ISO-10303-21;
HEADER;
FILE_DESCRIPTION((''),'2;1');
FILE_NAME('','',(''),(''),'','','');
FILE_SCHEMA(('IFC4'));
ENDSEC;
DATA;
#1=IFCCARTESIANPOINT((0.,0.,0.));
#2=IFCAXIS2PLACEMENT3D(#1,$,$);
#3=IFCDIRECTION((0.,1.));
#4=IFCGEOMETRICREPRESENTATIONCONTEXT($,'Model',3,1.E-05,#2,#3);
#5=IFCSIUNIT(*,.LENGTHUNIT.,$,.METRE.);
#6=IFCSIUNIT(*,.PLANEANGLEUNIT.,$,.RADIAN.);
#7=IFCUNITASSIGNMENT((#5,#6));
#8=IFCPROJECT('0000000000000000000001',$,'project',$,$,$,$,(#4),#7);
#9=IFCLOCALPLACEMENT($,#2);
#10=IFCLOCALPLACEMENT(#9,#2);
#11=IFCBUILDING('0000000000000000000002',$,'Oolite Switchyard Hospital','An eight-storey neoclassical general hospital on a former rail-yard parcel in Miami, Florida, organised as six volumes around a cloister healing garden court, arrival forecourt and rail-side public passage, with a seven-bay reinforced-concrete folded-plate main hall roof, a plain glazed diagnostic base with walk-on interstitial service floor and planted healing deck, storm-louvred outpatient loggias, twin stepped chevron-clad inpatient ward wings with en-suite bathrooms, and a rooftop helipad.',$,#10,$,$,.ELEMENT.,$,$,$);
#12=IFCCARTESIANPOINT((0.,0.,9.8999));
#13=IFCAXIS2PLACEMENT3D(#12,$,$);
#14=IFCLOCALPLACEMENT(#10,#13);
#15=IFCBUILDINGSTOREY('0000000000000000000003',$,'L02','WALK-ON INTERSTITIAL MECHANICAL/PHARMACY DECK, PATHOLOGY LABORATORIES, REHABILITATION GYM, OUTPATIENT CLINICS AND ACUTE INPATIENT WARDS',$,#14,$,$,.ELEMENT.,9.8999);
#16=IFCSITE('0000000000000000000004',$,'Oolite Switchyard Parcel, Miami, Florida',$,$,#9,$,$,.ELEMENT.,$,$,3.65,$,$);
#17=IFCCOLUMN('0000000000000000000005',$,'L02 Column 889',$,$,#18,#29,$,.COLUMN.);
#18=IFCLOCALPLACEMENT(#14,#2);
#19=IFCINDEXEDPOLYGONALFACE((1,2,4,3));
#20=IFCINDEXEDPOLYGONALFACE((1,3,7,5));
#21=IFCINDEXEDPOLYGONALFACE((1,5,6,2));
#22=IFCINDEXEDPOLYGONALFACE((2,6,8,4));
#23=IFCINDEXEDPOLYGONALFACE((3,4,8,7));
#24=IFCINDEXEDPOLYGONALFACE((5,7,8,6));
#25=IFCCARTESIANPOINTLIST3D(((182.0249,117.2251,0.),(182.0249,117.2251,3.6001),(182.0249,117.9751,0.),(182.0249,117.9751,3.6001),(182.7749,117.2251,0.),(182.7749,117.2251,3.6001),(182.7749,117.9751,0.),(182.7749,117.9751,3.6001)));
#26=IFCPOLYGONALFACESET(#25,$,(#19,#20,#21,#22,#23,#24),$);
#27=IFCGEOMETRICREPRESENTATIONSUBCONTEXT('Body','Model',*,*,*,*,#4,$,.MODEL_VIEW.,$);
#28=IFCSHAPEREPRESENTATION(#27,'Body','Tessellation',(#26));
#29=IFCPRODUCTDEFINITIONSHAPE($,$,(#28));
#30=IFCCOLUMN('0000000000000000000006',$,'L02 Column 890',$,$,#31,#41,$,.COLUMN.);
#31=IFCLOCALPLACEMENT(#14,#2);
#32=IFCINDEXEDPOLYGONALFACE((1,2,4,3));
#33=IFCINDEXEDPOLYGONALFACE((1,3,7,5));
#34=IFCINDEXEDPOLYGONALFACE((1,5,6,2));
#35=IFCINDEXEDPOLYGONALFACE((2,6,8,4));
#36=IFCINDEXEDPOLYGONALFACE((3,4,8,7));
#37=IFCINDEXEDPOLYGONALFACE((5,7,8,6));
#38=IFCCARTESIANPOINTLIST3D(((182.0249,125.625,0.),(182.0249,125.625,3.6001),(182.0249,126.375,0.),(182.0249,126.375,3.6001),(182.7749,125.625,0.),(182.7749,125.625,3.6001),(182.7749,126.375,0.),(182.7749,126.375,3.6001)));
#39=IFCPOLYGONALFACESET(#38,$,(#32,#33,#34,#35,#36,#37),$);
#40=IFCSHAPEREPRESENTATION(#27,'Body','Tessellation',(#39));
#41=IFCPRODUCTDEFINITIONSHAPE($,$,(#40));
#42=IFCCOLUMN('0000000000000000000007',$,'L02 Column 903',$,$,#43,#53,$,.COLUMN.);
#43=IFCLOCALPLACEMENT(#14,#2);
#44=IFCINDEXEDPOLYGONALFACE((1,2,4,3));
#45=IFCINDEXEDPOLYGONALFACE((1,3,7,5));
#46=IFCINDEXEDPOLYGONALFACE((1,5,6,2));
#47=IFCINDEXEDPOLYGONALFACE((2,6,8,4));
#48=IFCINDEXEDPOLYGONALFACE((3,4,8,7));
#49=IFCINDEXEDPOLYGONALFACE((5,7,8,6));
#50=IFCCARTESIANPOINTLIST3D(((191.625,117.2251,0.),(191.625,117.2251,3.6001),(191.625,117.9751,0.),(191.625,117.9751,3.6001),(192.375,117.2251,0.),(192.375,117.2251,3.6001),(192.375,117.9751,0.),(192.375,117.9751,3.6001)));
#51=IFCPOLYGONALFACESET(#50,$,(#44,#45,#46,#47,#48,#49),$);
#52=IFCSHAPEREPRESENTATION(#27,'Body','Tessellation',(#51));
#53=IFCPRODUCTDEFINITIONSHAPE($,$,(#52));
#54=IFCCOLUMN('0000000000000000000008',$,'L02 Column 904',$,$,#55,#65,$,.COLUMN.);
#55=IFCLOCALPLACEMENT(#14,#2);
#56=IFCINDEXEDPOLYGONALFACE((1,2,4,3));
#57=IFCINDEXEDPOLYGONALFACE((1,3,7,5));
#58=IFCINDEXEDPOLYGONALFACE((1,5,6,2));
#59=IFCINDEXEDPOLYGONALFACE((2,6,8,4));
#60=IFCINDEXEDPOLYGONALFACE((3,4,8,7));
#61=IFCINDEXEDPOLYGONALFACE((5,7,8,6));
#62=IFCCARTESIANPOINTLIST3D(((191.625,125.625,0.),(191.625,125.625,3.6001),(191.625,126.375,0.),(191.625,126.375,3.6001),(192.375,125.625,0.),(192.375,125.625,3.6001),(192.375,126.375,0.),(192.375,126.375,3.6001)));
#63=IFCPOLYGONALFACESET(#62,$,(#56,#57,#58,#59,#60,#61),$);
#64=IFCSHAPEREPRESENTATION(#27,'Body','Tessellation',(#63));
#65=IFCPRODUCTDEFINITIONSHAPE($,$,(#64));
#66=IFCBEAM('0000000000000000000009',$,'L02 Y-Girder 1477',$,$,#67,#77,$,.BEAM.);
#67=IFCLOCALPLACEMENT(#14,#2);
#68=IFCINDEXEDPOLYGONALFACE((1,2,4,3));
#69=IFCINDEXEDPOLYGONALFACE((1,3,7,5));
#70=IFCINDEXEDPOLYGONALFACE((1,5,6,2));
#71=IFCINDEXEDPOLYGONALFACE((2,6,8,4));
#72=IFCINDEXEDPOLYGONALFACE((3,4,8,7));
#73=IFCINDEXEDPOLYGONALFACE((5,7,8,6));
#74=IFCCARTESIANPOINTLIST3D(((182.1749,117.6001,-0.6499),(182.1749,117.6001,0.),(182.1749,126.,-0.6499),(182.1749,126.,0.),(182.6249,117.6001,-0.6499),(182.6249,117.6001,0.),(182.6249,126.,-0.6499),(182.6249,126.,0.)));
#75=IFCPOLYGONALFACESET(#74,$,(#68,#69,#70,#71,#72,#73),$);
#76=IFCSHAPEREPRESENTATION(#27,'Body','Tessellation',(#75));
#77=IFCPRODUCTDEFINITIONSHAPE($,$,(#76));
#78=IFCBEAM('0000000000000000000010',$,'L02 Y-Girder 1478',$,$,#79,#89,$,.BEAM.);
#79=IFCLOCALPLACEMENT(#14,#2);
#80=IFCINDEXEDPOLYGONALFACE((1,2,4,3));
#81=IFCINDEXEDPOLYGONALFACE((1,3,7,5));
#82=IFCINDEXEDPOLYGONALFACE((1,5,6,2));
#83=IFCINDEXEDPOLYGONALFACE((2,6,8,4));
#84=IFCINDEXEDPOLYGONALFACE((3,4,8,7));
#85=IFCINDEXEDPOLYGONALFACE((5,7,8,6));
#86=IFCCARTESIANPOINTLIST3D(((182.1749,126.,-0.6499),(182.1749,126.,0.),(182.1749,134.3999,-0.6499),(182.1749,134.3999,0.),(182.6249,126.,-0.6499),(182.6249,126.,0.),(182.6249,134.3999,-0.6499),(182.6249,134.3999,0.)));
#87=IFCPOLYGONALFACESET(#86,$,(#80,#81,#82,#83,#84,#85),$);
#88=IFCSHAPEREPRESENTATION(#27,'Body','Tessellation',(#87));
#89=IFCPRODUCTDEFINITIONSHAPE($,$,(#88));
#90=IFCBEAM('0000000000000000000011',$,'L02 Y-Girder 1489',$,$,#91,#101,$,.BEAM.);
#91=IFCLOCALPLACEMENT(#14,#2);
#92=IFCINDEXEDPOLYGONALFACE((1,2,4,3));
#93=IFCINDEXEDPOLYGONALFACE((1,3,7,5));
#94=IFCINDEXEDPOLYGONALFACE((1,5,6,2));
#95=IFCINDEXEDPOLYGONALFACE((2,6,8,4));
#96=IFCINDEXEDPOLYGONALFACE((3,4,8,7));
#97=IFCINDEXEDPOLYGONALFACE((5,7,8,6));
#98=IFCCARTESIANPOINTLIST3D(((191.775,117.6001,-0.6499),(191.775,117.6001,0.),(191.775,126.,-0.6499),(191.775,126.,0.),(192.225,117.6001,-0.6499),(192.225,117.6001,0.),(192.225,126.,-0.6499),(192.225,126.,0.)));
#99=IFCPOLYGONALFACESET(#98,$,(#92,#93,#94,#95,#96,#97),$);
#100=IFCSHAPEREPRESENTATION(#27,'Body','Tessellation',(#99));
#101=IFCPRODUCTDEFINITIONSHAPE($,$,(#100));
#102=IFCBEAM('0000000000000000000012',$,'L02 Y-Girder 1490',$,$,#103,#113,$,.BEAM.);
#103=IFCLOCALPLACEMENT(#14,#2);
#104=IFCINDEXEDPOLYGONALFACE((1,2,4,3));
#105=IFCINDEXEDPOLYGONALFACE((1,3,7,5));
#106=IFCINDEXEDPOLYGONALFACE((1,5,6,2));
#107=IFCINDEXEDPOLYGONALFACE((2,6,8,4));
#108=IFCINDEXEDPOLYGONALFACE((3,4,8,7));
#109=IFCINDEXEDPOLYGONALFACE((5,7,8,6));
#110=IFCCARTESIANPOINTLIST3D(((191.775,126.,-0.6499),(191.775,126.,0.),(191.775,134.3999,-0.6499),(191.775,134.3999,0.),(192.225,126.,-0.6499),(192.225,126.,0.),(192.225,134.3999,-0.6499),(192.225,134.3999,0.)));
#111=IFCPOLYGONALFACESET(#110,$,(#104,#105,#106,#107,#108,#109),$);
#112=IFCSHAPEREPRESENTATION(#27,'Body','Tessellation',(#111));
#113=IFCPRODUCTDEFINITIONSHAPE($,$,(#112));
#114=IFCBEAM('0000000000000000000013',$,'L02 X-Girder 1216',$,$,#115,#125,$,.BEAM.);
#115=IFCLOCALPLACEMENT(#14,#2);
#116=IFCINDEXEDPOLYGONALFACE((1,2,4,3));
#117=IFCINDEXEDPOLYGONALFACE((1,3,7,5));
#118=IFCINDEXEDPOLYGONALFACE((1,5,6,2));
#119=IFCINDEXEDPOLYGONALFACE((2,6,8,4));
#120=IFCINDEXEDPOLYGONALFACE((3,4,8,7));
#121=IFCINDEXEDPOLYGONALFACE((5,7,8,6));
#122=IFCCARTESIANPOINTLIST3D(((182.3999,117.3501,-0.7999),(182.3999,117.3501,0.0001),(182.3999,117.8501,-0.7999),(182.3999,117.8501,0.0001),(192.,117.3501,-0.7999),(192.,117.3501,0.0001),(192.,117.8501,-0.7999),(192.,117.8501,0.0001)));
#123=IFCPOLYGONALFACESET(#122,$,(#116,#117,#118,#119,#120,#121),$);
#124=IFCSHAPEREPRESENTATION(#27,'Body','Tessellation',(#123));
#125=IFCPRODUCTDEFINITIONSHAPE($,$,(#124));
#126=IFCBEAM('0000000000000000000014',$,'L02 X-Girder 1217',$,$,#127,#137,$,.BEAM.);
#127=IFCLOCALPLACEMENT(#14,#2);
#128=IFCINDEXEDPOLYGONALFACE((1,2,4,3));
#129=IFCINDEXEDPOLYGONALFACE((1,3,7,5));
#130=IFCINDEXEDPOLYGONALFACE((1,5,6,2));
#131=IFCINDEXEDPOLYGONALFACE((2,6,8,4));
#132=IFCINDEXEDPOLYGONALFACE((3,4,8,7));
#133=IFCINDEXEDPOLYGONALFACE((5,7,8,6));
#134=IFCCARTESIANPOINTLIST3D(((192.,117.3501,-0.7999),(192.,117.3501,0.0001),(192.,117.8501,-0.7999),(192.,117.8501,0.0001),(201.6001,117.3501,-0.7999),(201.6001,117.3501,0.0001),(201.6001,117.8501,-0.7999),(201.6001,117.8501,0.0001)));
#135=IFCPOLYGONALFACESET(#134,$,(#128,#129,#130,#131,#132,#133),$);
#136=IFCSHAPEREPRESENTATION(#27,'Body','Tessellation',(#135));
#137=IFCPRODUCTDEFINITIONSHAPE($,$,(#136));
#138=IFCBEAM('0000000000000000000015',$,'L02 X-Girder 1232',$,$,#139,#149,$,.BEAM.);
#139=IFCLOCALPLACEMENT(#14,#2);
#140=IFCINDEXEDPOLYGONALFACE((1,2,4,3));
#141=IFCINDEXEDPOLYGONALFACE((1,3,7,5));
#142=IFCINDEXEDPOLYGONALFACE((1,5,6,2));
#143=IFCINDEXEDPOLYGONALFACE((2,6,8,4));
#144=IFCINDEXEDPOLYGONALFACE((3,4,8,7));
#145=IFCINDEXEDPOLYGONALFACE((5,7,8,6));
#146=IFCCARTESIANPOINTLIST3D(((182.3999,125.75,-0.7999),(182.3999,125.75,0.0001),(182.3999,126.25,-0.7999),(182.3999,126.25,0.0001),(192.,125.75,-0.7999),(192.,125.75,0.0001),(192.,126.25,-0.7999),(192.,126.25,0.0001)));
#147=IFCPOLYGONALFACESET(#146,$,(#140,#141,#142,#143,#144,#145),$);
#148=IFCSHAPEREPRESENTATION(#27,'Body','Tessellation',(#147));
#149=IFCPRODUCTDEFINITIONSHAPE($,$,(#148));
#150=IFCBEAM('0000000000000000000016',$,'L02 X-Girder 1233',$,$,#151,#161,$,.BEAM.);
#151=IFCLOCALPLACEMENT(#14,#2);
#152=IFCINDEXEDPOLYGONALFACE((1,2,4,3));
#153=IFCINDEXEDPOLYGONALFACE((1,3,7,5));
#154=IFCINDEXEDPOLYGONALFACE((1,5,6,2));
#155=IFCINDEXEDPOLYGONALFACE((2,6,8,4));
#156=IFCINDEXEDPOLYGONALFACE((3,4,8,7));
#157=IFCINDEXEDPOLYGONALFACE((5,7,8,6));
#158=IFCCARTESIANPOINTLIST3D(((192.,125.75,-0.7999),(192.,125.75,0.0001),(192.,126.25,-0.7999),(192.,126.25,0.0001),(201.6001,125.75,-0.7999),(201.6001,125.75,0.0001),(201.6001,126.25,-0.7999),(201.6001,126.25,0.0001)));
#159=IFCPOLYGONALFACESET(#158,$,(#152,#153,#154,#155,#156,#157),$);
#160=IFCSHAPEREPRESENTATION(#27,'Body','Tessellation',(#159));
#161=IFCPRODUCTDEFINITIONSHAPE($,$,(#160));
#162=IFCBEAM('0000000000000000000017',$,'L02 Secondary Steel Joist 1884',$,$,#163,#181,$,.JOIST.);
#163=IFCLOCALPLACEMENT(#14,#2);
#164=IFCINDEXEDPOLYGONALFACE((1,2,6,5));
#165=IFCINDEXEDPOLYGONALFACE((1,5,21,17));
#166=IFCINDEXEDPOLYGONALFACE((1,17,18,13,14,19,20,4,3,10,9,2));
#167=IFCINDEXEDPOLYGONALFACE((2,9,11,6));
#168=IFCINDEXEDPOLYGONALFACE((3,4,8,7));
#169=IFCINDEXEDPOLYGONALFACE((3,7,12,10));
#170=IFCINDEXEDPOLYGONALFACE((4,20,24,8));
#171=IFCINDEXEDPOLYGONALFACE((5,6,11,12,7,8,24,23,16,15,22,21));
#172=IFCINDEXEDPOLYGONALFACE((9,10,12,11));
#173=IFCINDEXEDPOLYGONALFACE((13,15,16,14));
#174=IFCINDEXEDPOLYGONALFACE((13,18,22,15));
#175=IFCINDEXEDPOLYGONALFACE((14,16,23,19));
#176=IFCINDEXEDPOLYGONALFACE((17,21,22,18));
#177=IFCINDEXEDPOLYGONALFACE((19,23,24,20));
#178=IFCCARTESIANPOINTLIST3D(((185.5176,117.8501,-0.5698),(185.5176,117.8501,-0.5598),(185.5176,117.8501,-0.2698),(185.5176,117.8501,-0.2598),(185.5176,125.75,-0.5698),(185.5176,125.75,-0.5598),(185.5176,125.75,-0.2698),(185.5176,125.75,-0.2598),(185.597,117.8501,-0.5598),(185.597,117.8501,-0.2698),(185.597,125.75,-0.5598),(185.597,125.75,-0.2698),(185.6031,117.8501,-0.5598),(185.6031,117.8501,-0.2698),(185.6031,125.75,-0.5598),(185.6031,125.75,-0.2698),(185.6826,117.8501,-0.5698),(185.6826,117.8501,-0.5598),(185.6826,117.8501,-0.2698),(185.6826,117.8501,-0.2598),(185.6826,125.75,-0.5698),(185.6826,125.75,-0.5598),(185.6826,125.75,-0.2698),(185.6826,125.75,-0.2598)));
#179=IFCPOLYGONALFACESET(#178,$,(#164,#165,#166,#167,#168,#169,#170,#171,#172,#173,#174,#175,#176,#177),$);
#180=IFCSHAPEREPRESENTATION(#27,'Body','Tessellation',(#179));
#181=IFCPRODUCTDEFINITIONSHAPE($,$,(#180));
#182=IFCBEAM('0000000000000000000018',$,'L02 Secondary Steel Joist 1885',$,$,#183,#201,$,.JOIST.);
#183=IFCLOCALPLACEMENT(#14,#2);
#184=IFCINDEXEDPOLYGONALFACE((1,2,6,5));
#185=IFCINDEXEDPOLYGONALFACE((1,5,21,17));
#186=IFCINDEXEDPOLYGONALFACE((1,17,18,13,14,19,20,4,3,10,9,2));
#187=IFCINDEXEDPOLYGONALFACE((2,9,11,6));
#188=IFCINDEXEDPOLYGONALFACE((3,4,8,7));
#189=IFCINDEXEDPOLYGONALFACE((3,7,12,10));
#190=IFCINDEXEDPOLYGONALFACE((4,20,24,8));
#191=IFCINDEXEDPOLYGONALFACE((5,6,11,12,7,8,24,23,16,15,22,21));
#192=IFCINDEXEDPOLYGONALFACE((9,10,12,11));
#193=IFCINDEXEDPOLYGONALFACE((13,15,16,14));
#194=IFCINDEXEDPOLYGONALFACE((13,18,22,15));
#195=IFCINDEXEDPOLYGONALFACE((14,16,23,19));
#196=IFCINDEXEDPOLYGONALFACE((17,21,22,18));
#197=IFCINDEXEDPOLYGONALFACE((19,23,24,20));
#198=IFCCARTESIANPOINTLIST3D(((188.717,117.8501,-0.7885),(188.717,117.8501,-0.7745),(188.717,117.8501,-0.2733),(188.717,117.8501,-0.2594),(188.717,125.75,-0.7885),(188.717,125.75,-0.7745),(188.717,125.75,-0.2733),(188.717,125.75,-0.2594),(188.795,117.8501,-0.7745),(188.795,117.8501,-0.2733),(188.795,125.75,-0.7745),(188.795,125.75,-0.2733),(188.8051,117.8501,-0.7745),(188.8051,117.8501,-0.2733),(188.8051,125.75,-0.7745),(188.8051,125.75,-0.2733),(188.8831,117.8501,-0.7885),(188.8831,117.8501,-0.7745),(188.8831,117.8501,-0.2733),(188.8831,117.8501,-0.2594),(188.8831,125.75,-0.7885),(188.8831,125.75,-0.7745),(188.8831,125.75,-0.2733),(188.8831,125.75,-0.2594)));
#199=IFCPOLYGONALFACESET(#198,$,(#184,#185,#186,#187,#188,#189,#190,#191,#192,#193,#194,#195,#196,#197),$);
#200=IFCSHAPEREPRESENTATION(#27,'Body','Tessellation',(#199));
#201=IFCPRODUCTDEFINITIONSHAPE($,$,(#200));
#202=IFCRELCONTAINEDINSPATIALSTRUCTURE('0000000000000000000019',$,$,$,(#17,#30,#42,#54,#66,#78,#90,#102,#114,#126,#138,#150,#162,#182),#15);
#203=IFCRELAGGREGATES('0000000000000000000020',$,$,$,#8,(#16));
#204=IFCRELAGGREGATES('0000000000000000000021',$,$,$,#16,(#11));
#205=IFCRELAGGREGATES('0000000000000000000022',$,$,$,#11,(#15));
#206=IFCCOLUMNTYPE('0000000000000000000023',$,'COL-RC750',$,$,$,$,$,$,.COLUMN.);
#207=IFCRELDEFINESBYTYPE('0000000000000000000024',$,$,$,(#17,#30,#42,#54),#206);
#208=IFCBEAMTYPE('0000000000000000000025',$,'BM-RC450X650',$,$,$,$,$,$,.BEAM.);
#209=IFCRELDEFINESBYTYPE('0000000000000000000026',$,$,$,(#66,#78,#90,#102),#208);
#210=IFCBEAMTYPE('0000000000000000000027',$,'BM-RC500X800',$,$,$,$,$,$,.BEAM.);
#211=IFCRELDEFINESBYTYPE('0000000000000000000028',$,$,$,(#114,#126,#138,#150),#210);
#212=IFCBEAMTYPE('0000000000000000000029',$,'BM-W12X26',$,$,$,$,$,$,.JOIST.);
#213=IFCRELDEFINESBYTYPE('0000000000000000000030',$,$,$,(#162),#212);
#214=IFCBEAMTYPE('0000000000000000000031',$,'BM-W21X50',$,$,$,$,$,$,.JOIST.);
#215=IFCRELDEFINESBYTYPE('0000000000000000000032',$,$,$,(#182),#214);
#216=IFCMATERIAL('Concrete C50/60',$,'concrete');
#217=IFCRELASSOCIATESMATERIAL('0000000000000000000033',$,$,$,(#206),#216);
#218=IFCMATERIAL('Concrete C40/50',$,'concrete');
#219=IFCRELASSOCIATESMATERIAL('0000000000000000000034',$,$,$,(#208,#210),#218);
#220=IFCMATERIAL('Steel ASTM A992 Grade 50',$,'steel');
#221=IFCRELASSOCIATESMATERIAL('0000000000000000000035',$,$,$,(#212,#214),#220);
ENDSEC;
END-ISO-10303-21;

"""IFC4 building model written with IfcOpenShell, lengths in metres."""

from ifc_helpers import new_model, si_unit, direction, frame, origin, origin_2d, place, context, subcontext, project, spatial, rectangle, i_section, extrude, material, material_profile, profile_set, type_object, element, save


model = new_model("IFC4")

# Units and contexts
model_context = context("Model", 3, precision=1e-05, world=origin(), true_north=direction((0.0, 1.0)))
body_context = subcontext(model_context, "Body", "Model", "MODEL_VIEW")
ifc_project = project(units=[si_unit("LENGTHUNIT", "METRE"), si_unit("PLANEANGLEUNIT", "RADIAN")], contexts=[model_context])

# Site, building, storey
site_placement = place(None, origin())
site = spatial("IfcSite", under=ifc_project, at=site_placement, Name="Oolite Switchyard Parcel, Miami, Florida", CompositionType="ELEMENT", RefElevation=3.65)
building_placement = place(site_placement, origin())
building = spatial("IfcBuilding", under=site, at=building_placement, Name="Oolite Switchyard Hospital", Description="An eight-storey neoclassical general hospital on a former rail-yard parcel in Miami, Florida, organised as six volumes around a cloister healing garden court, arrival forecourt and rail-side public passage, with a seven-bay reinforced-concrete folded-plate main hall roof, a plain glazed diagnostic base with walk-on interstitial service floor and planted healing deck, storm-louvred outpatient loggias, twin stepped chevron-clad inpatient ward wings with en-suite bathrooms, and a rooftop helipad.", CompositionType="ELEMENT")
storey_placement = place(building_placement, frame((0.0, 0.0, 9.8999)))
storey = spatial("IfcBuildingStorey", under=building, at=storey_placement, Name="L02", Description="WALK-ON INTERSTITIAL MECHANICAL/PHARMACY DECK, PATHOLOGY LABORATORIES, REHABILITATION GYM, OUTPATIENT CLINICS AND ACUTE INPATIENT WARDS", CompositionType="ELEMENT", Elevation=9.8999)

# Columns
ifc_material_1 = material(Name="Concrete C50/60", Category="concrete")
ifc_material_profile_1 = material_profile(ifc_material_1, rectangle(XDim=0.75, YDim=0.75, at=origin_2d()), Name="RC750X750")
ifc_profile_set_1 = profile_set([ifc_material_profile_1], Name="Concrete C50/60")
column_type = type_object("IfcColumnType", Name="COL-RC750", PredefinedType="COLUMN", material=ifc_profile_set_1)
for number, where, z_axis, x_axis, name in (
    (1, (182.3999, 117.6001, 0.0), (0.0, 0.0, 1.0), (1.0, 0.0, 0.0), "L02 Column 889"),
    (2, (182.3999, 126.0, 0.0), (0.0, 0.0, 1.0), (1.0, 0.0, 0.0), "L02 Column 890"),
    (3, (192.0, 117.6001, 0.0), (0.0, 0.0, 1.0), (1.0, 0.0, 0.0), "L02 Column 903"),
    (4, (192.0, 126.0, 0.0), (0.0, 0.0, 1.0), (1.0, 0.0, 0.0), "L02 Column 904"),
):
    element("IfcColumn", number, at=place(storey_placement, frame(where, z_axis=z_axis, x_axis=x_axis)), inside=storey, type_object=column_type, Name=name, PredefinedType="COLUMN", context=body_context, shape_type="SweptSolid", body=[
        extrude(rectangle(XDim=0.75, YDim=0.75, at=origin_2d()), origin(), (0.0, 0.0, 1.0), 3.6001),
    ])

# Beams
ifc_material_2 = material(Name="Concrete C40/50", Category="concrete")
ifc_material_profile_2 = material_profile(ifc_material_2, rectangle(XDim=0.45, YDim=0.6499, at=origin_2d()), Name="RCB450X650")
ifc_profile_set_2 = profile_set([ifc_material_profile_2], Name="Concrete C40/50")
beam_type_1 = type_object("IfcBeamType", Name="BM-RC450X650", PredefinedType="BEAM", material=ifc_profile_set_2)
for number, where, z_axis, x_axis, name in (
    (5, (182.3999, 117.6001, -0.325), (0.0, 1.0, 0.0), (-1.0, 0.0, 0.0), "L02 Y-Girder 1477"),
    (6, (182.3999, 126.0, -0.325), (0.0, 1.0, 0.0), (-1.0, 0.0, 0.0), "L02 Y-Girder 1478"),
    (7, (192.0, 117.6001, -0.325), (0.0, 1.0, 0.0), (-1.0, 0.0, 0.0), "L02 Y-Girder 1489"),
    (8, (192.0, 126.0, -0.325), (0.0, 1.0, 0.0), (-1.0, 0.0, 0.0), "L02 Y-Girder 1490"),
):
    element("IfcBeam", number, at=place(storey_placement, frame(where, z_axis=z_axis, x_axis=x_axis)), inside=storey, type_object=beam_type_1, Name=name, PredefinedType="BEAM", context=body_context, shape_type="SweptSolid", body=[
        extrude(rectangle(XDim=0.45, YDim=0.6499, at=origin_2d()), origin(), (0.0, 0.0, 1.0), 8.3999),
    ])
ifc_material_profile_3 = material_profile(ifc_material_2, rectangle(XDim=0.5, YDim=0.8, at=origin_2d()), Name="RCB500X800")
ifc_profile_set_3 = profile_set([ifc_material_profile_3], Name="Concrete C40/50")
beam_type_2 = type_object("IfcBeamType", Name="BM-RC500X800", PredefinedType="BEAM", material=ifc_profile_set_3)
for number, where, z_axis, x_axis, name in (
    (9, (182.3999, 117.6001, -0.3999), (1.0, 0.0, 0.0), (0.0, 1.0, 0.0), "L02 X-Girder 1216"),
    (10, (192.0, 117.6001, -0.3999), (1.0, 0.0, 0.0), (0.0, 1.0, 0.0), "L02 X-Girder 1217"),
    (11, (182.3999, 126.0, -0.3999), (1.0, 0.0, 0.0), (0.0, 1.0, 0.0), "L02 X-Girder 1232"),
    (12, (192.0, 126.0, -0.3999), (1.0, 0.0, 0.0), (0.0, 1.0, 0.0), "L02 X-Girder 1233"),
):
    element("IfcBeam", number, at=place(storey_placement, frame(where, z_axis=z_axis, x_axis=x_axis)), inside=storey, type_object=beam_type_2, Name=name, PredefinedType="BEAM", context=body_context, shape_type="SweptSolid", body=[
        extrude(rectangle(XDim=0.5, YDim=0.8, at=origin_2d()), origin(), (0.0, 0.0, 1.0), 9.6001),
    ])
ifc_material_3 = material(Name="Steel ASTM A992 Grade 50", Category="steel")
ifc_material_profile_4 = material_profile(ifc_material_3, i_section(OverallWidth=0.165, OverallDepth=0.3101, WebThickness=0.0061, FlangeThickness=0.01, at=origin_2d()), Name="W12X26")
ifc_profile_set_4 = profile_set([ifc_material_profile_4], Name="Steel ASTM A992 Grade 50")
beam_type_3 = type_object("IfcBeamType", Name="BM-W12X26", PredefinedType="JOIST", material=ifc_profile_set_4)
beam_1_placement = place(storey_placement, frame((185.6001, 117.8501, -0.4148), z_axis=(0.0, 1.0, 0.0), x_axis=(-1.0, 0.0, 0.0)))
element("IfcBeam", 13, at=beam_1_placement, inside=storey, type_object=beam_type_3, Name="L02 Secondary Steel Joist 1884", PredefinedType="JOIST", context=body_context, shape_type="SweptSolid", body=[
    extrude(i_section(OverallWidth=0.165, OverallDepth=0.3101, WebThickness=0.0061, FlangeThickness=0.01, at=origin_2d()), origin(), (0.0, 0.0, 1.0), 7.8999),
])
ifc_material_profile_5 = material_profile(ifc_material_3, i_section(OverallWidth=0.166, OverallDepth=0.5291, WebThickness=0.01, FlangeThickness=0.0139, at=origin_2d()), Name="W21X50")
ifc_profile_set_5 = profile_set([ifc_material_profile_5], Name="Steel ASTM A992 Grade 50")
beam_type_4 = type_object("IfcBeamType", Name="BM-W21X50", PredefinedType="JOIST", material=ifc_profile_set_5)
beam_2_placement = place(storey_placement, frame((188.8, 117.8501, -0.5239), z_axis=(0.0, 1.0, 0.0), x_axis=(-1.0, 0.0, 0.0)))
element("IfcBeam", 14, at=beam_2_placement, inside=storey, type_object=beam_type_4, Name="L02 Secondary Steel Joist 1885", PredefinedType="JOIST", context=body_context, shape_type="SweptSolid", body=[
    extrude(i_section(OverallWidth=0.166, OverallDepth=0.5291, WebThickness=0.01, FlangeThickness=0.0139, at=origin_2d()), origin(), (0.0, 0.0, 1.0), 7.8999),
])

save(model, "model.ifc")
